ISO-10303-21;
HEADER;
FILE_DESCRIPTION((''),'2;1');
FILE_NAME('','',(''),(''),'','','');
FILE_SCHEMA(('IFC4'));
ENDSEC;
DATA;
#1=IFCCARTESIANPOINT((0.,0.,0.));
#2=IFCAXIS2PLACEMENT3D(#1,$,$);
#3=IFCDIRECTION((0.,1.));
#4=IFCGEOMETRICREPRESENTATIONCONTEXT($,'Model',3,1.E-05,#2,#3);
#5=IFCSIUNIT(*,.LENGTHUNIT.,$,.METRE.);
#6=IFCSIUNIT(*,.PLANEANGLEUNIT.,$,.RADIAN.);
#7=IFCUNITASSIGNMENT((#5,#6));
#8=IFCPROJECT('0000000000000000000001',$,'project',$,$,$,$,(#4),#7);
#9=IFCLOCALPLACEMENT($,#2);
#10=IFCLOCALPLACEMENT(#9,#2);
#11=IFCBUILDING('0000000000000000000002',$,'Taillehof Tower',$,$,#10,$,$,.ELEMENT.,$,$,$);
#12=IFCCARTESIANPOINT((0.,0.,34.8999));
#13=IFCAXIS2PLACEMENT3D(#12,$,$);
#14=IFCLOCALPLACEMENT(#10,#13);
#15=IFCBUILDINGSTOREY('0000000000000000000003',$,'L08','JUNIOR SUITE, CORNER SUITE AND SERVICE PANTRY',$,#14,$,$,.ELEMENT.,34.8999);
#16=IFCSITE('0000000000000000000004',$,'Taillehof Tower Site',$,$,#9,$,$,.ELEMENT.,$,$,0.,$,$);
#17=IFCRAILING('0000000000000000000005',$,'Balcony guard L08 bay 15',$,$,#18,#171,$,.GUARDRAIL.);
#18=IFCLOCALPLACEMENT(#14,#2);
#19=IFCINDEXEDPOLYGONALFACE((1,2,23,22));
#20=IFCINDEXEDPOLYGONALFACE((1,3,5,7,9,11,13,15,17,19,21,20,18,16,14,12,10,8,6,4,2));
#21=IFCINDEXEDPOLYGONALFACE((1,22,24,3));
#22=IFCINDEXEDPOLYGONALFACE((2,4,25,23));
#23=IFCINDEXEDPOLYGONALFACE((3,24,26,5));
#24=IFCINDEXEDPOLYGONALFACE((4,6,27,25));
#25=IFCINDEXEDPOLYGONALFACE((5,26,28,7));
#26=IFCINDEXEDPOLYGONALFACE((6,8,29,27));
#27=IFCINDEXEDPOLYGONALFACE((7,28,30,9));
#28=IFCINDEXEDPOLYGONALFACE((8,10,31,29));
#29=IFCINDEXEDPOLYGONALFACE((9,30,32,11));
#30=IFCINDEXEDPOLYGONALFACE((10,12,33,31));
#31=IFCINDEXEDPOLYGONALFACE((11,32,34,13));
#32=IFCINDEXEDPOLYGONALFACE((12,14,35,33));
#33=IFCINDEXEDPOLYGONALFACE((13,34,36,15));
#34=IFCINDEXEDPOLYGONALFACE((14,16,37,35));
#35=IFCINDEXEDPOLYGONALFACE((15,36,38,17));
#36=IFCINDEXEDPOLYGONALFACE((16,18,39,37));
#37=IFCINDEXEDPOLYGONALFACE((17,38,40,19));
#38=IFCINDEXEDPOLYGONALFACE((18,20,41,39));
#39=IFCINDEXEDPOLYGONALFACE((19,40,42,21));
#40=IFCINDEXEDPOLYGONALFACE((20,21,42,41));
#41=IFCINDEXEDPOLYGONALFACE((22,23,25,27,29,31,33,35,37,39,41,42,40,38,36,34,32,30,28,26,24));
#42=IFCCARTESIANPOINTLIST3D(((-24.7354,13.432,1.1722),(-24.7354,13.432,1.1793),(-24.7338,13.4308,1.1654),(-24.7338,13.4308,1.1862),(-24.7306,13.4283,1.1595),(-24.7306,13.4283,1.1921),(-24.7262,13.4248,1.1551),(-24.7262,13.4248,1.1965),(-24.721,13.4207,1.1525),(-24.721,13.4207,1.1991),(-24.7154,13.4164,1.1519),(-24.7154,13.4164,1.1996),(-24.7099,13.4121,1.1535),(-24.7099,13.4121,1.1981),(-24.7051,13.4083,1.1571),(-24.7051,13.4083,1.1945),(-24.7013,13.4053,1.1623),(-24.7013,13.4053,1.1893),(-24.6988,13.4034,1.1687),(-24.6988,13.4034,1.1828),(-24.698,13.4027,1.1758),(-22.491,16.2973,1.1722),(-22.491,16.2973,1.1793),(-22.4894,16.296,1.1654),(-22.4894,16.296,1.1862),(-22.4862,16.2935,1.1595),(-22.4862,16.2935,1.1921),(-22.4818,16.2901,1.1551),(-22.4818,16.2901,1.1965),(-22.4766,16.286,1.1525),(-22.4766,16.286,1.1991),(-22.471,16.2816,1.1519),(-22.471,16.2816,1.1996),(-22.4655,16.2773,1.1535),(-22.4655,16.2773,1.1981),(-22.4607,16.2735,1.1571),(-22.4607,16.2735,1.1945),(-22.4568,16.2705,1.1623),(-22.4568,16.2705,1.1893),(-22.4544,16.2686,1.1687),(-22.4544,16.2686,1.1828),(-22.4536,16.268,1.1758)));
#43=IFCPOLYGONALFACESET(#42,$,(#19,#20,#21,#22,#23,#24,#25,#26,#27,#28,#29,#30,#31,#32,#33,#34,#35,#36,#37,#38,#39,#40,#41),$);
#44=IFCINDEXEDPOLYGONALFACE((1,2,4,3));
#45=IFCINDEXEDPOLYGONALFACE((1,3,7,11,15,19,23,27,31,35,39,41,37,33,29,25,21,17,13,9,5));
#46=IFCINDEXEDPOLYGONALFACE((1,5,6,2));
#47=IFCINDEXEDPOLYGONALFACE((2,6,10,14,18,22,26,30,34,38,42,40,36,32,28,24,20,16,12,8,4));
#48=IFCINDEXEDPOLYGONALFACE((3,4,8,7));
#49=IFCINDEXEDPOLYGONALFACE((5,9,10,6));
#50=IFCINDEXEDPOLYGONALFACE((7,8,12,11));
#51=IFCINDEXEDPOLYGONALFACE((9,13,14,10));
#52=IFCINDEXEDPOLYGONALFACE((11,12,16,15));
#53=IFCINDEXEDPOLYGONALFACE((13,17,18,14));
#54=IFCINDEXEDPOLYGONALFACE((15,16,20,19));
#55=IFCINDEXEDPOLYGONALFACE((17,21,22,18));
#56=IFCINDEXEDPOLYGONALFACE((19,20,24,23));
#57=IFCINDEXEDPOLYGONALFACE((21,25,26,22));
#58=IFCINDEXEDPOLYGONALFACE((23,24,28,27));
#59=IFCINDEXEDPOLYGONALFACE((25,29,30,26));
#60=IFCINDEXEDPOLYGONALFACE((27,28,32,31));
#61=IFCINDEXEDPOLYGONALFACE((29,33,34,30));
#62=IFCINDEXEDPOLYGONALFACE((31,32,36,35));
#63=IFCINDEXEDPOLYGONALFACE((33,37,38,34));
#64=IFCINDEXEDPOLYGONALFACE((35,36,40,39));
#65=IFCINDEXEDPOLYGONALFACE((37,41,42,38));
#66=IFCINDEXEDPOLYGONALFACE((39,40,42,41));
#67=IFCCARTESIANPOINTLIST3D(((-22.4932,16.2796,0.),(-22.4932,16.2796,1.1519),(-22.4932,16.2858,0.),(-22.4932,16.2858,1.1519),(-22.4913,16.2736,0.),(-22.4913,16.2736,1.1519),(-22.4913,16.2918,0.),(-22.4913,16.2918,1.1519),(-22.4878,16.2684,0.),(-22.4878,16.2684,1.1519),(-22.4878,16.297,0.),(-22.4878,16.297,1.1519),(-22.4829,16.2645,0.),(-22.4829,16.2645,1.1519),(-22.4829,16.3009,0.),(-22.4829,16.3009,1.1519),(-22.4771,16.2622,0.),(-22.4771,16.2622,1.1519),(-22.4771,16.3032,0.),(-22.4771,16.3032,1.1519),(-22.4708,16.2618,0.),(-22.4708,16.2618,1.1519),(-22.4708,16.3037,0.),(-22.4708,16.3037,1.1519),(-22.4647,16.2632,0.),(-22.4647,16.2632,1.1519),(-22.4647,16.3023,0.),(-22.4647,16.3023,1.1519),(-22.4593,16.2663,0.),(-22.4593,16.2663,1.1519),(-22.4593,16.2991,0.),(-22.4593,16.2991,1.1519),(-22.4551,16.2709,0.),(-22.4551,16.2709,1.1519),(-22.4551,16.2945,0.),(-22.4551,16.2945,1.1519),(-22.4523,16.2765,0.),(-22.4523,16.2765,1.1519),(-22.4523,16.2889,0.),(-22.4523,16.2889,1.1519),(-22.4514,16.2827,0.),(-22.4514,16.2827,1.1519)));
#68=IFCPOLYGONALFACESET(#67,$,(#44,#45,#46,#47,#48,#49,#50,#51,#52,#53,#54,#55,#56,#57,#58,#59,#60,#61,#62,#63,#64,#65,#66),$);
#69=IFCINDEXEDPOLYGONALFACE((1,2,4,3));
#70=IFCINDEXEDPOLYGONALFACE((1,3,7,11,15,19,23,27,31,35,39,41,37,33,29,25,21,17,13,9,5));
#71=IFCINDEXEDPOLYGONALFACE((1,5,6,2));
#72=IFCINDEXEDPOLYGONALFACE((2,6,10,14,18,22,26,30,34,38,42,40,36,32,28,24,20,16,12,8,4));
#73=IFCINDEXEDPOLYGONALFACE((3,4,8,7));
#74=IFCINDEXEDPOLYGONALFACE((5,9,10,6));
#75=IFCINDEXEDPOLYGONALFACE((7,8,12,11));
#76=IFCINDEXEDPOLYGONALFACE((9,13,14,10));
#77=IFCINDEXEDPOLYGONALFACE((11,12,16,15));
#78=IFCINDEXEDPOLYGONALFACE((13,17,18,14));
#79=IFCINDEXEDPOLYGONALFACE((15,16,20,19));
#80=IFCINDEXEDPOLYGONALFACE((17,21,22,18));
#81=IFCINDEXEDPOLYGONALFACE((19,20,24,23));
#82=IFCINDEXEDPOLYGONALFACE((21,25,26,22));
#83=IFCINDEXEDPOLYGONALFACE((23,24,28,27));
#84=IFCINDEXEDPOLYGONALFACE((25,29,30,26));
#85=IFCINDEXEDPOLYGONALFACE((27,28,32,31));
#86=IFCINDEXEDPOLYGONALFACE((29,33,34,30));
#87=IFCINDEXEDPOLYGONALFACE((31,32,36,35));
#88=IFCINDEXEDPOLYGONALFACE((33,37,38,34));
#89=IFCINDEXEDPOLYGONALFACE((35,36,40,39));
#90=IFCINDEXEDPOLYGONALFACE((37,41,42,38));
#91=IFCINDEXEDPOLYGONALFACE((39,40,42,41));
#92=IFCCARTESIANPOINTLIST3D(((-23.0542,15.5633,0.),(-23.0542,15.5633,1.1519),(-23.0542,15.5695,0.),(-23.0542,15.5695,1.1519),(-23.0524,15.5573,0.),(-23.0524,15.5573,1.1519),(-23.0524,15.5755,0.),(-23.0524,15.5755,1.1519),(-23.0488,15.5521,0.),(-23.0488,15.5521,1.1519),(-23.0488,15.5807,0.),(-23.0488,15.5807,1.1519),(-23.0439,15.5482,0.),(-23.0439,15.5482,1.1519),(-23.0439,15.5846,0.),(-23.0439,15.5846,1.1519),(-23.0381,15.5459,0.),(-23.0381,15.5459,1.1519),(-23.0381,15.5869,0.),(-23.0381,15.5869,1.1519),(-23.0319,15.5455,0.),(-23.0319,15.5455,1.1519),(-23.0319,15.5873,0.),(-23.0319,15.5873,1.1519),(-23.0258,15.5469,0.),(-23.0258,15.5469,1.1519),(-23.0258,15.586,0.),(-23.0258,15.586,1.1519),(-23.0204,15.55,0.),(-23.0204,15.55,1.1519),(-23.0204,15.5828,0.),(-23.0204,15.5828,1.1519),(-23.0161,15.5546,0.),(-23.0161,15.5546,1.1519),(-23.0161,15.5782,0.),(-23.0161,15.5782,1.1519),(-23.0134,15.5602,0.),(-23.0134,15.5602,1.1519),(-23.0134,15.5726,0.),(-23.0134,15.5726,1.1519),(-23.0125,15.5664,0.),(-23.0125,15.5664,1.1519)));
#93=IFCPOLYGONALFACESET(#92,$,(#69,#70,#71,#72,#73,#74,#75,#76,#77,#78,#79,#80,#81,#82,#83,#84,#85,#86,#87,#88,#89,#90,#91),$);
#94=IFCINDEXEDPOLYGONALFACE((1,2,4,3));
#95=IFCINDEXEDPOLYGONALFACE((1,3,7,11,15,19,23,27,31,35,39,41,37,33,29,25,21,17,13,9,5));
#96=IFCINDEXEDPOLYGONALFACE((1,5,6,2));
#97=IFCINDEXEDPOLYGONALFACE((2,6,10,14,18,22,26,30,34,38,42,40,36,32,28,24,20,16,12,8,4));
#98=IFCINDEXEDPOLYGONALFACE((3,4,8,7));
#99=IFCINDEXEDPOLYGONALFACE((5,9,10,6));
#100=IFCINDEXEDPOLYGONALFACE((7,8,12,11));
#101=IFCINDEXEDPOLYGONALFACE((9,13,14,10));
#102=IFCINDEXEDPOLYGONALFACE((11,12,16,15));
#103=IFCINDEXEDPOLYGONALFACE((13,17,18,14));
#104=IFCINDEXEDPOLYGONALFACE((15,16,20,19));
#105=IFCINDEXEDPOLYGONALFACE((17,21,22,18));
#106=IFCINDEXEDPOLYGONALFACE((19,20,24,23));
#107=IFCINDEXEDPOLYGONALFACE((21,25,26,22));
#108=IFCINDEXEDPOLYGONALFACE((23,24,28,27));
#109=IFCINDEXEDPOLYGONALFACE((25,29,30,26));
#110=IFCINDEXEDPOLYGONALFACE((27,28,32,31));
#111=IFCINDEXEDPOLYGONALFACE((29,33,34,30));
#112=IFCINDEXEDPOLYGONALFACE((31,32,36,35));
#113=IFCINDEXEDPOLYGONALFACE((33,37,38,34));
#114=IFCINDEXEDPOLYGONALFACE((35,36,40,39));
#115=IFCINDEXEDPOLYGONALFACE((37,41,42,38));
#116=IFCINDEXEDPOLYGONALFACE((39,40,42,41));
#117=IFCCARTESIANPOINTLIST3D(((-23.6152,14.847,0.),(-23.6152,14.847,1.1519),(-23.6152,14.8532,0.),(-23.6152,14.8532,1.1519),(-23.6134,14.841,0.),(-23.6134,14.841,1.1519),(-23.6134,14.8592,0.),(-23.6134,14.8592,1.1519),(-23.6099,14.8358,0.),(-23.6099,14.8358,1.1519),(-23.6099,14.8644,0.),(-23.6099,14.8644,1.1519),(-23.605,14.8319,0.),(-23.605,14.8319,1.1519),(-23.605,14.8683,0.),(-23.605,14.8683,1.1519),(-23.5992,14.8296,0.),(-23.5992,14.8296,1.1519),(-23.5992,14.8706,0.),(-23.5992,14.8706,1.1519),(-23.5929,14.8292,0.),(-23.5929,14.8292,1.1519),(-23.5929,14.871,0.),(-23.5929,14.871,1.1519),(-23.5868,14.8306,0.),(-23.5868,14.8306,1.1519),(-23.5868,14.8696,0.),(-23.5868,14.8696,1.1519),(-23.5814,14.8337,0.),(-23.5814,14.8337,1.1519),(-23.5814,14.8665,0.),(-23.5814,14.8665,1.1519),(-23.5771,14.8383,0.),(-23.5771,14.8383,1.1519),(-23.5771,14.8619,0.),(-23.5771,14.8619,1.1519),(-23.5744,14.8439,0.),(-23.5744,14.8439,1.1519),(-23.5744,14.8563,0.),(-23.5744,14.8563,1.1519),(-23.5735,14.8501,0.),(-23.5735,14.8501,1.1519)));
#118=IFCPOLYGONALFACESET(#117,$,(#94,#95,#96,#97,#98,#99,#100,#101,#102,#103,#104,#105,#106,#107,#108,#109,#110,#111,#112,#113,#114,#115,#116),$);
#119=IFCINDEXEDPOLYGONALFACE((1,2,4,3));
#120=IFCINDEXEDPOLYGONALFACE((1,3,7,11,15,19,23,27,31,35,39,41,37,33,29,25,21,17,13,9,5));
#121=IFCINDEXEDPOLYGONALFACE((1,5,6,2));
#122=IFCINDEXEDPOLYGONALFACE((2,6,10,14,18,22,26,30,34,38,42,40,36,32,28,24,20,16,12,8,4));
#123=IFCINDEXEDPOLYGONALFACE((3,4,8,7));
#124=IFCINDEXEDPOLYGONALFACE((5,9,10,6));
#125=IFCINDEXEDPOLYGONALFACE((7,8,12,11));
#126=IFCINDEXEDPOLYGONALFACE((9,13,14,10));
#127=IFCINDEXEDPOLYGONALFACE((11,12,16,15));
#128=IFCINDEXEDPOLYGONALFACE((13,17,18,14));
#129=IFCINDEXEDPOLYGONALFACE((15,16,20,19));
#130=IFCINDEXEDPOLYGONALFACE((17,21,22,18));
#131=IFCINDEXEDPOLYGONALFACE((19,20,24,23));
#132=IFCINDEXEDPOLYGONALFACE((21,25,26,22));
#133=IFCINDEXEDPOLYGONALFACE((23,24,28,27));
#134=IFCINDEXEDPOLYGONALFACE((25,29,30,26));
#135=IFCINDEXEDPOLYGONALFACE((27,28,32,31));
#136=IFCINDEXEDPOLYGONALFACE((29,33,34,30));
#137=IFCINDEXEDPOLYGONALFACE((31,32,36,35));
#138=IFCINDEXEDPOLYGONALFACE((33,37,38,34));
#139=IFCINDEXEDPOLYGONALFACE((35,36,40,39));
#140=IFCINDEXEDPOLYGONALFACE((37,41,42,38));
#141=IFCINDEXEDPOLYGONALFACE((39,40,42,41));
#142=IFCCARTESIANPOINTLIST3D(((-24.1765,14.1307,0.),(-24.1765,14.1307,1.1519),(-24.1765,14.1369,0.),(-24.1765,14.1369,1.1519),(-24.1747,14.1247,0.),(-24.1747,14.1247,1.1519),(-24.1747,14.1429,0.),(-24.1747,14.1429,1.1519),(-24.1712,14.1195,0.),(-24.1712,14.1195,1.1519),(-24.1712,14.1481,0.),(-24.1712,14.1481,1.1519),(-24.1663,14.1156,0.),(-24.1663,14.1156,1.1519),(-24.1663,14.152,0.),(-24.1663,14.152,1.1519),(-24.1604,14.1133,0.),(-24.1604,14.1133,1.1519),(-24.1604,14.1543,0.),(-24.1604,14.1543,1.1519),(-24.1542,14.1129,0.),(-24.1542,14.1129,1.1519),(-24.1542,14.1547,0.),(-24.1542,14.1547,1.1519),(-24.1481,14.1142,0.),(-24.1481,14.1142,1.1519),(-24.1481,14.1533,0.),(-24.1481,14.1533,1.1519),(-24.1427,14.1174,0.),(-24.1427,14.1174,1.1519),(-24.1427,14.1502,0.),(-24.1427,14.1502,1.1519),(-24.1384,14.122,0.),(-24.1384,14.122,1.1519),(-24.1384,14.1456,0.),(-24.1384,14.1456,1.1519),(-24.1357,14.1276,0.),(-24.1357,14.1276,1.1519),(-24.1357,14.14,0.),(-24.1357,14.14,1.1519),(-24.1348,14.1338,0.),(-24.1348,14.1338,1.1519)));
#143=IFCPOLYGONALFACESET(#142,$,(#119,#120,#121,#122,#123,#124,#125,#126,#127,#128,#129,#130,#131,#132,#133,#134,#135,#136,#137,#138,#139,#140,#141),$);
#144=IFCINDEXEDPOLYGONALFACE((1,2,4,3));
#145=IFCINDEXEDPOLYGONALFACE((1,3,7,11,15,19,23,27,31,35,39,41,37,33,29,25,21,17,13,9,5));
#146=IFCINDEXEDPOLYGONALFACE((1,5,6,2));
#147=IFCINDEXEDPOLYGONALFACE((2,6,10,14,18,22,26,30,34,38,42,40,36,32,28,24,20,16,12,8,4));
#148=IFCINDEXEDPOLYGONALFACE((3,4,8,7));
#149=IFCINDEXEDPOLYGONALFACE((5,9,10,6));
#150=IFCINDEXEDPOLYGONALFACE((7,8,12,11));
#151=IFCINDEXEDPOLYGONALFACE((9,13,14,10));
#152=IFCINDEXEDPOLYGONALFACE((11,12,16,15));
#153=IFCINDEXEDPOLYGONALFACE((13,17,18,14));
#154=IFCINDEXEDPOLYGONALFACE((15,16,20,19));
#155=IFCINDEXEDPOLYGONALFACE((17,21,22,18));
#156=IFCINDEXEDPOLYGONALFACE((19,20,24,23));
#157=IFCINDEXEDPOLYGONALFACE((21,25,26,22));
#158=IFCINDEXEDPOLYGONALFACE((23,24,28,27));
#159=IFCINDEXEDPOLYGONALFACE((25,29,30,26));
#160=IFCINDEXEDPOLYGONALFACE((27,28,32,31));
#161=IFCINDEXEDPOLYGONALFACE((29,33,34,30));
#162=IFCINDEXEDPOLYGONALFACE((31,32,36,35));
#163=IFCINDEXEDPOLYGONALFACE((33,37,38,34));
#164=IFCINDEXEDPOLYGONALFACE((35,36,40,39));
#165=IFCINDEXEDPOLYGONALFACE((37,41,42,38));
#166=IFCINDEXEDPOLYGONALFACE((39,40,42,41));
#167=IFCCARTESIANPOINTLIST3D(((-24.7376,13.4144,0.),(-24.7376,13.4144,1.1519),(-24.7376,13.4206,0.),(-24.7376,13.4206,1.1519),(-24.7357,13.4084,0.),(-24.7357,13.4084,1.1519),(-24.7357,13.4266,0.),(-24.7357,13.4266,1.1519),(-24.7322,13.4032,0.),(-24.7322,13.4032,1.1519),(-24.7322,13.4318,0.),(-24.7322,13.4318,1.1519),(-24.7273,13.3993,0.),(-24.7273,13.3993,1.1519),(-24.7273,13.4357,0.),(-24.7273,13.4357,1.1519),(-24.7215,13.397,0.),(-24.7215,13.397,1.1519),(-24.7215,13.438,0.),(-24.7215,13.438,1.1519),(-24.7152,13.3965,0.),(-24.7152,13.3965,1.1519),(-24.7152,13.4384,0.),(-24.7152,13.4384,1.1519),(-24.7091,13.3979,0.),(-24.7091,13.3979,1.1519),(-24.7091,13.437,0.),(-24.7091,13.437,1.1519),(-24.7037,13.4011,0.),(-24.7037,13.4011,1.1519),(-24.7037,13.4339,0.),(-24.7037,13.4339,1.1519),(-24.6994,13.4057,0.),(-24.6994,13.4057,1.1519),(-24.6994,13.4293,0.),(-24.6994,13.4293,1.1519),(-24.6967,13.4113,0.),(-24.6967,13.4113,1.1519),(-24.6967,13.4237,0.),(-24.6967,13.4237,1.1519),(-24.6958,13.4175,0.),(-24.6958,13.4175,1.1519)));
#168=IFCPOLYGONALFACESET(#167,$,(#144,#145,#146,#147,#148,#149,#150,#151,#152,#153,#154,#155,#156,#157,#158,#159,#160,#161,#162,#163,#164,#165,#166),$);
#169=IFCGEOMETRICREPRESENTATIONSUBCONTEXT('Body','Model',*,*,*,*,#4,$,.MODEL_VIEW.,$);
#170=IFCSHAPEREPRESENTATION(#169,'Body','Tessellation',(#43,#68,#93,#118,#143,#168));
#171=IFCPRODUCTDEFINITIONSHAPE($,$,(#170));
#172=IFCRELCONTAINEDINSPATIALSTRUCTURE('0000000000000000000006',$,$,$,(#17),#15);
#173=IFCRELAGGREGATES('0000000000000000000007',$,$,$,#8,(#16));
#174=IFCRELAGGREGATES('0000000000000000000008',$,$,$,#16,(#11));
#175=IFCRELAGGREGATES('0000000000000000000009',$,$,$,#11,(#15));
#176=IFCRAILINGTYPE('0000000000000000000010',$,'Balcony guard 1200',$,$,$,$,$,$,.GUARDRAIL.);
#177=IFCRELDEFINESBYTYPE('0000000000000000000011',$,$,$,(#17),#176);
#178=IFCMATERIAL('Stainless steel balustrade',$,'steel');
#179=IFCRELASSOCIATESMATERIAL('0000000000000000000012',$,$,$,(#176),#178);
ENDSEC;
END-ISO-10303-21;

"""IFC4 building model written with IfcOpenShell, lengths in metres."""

from ifc_helpers import new_model, si_unit, direction, frame, origin, origin_2d, place, context, subcontext, project, spatial, circle, extrude, material, type_object, element, save


model = new_model("IFC4")

# Units and contexts
model_context = context("Model", 3, precision=1e-05, world=origin(), true_north=direction((0.0, 1.0)))
body_context = subcontext(model_context, "Body", "Model", "MODEL_VIEW")
ifc_project = project(units=[si_unit("LENGTHUNIT", "METRE"), si_unit("PLANEANGLEUNIT", "RADIAN")], contexts=[model_context])

# Site, building, storey
site_placement = place(None, origin())
site = spatial("IfcSite", under=ifc_project, at=site_placement, Name="Taillehof Tower Site", CompositionType="ELEMENT", RefElevation=0.0)
building_placement = place(site_placement, origin())
building = spatial("IfcBuilding", under=site, at=building_placement, Name="Taillehof Tower", CompositionType="ELEMENT")
storey_placement = place(building_placement, frame((0.0, 0.0, 34.8999)))
storey = spatial("IfcBuildingStorey", under=building, at=storey_placement, Name="L08", Description="JUNIOR SUITE, CORNER SUITE AND SERVICE PANTRY", CompositionType="ELEMENT", Elevation=34.8999)

# Railing
ifc_material_1 = material(Name="Stainless steel balustrade", Category="steel")
railing_type = type_object("IfcRailingType", Name="Balcony guard 1200", PredefinedType="GUARDRAIL", material=ifc_material_1)
railing_1_placement = place(storey_placement, frame((-22.4724, 16.2827, 0.0)))
element("IfcRailing", 1, at=railing_1_placement, inside=storey, type_object=railing_type, Name="Balcony guard L08 bay 15", PredefinedType="GUARDRAIL", context=body_context, shape_type="SweptSolid", body=[
    extrude(circle(Radius=0.0239, at=origin_2d()), frame((0.0, 0.0, 1.1758), z_axis=(-0.616654, -0.787235, 0.0), x_axis=(0.787235, -0.616654, 0.0)), (0.0, 0.0, 1.0), 3.6396),
    extrude(circle(Radius=0.021, at=origin_2d()), origin(), (0.0, 0.0, 1.0), 1.1519),
    extrude(circle(Radius=0.021, at=origin_2d()), frame((-0.561, -0.7163, 0.0)), (0.0, 0.0, 1.0), 1.1519),
    extrude(circle(Radius=0.021, at=origin_2d()), frame((-1.1221, -1.4326, 0.0)), (0.0, 0.0, 1.0), 1.1519),
    extrude(circle(Radius=0.021, at=origin_2d()), frame((-1.6833, -2.1489, 0.0)), (0.0, 0.0, 1.0), 1.1519),
    extrude(circle(Radius=0.021, at=origin_2d()), frame((-2.2444, -2.8652, 0.0)), (0.0, 0.0, 1.0), 1.1519),
])

save(model, "model.ifc")
